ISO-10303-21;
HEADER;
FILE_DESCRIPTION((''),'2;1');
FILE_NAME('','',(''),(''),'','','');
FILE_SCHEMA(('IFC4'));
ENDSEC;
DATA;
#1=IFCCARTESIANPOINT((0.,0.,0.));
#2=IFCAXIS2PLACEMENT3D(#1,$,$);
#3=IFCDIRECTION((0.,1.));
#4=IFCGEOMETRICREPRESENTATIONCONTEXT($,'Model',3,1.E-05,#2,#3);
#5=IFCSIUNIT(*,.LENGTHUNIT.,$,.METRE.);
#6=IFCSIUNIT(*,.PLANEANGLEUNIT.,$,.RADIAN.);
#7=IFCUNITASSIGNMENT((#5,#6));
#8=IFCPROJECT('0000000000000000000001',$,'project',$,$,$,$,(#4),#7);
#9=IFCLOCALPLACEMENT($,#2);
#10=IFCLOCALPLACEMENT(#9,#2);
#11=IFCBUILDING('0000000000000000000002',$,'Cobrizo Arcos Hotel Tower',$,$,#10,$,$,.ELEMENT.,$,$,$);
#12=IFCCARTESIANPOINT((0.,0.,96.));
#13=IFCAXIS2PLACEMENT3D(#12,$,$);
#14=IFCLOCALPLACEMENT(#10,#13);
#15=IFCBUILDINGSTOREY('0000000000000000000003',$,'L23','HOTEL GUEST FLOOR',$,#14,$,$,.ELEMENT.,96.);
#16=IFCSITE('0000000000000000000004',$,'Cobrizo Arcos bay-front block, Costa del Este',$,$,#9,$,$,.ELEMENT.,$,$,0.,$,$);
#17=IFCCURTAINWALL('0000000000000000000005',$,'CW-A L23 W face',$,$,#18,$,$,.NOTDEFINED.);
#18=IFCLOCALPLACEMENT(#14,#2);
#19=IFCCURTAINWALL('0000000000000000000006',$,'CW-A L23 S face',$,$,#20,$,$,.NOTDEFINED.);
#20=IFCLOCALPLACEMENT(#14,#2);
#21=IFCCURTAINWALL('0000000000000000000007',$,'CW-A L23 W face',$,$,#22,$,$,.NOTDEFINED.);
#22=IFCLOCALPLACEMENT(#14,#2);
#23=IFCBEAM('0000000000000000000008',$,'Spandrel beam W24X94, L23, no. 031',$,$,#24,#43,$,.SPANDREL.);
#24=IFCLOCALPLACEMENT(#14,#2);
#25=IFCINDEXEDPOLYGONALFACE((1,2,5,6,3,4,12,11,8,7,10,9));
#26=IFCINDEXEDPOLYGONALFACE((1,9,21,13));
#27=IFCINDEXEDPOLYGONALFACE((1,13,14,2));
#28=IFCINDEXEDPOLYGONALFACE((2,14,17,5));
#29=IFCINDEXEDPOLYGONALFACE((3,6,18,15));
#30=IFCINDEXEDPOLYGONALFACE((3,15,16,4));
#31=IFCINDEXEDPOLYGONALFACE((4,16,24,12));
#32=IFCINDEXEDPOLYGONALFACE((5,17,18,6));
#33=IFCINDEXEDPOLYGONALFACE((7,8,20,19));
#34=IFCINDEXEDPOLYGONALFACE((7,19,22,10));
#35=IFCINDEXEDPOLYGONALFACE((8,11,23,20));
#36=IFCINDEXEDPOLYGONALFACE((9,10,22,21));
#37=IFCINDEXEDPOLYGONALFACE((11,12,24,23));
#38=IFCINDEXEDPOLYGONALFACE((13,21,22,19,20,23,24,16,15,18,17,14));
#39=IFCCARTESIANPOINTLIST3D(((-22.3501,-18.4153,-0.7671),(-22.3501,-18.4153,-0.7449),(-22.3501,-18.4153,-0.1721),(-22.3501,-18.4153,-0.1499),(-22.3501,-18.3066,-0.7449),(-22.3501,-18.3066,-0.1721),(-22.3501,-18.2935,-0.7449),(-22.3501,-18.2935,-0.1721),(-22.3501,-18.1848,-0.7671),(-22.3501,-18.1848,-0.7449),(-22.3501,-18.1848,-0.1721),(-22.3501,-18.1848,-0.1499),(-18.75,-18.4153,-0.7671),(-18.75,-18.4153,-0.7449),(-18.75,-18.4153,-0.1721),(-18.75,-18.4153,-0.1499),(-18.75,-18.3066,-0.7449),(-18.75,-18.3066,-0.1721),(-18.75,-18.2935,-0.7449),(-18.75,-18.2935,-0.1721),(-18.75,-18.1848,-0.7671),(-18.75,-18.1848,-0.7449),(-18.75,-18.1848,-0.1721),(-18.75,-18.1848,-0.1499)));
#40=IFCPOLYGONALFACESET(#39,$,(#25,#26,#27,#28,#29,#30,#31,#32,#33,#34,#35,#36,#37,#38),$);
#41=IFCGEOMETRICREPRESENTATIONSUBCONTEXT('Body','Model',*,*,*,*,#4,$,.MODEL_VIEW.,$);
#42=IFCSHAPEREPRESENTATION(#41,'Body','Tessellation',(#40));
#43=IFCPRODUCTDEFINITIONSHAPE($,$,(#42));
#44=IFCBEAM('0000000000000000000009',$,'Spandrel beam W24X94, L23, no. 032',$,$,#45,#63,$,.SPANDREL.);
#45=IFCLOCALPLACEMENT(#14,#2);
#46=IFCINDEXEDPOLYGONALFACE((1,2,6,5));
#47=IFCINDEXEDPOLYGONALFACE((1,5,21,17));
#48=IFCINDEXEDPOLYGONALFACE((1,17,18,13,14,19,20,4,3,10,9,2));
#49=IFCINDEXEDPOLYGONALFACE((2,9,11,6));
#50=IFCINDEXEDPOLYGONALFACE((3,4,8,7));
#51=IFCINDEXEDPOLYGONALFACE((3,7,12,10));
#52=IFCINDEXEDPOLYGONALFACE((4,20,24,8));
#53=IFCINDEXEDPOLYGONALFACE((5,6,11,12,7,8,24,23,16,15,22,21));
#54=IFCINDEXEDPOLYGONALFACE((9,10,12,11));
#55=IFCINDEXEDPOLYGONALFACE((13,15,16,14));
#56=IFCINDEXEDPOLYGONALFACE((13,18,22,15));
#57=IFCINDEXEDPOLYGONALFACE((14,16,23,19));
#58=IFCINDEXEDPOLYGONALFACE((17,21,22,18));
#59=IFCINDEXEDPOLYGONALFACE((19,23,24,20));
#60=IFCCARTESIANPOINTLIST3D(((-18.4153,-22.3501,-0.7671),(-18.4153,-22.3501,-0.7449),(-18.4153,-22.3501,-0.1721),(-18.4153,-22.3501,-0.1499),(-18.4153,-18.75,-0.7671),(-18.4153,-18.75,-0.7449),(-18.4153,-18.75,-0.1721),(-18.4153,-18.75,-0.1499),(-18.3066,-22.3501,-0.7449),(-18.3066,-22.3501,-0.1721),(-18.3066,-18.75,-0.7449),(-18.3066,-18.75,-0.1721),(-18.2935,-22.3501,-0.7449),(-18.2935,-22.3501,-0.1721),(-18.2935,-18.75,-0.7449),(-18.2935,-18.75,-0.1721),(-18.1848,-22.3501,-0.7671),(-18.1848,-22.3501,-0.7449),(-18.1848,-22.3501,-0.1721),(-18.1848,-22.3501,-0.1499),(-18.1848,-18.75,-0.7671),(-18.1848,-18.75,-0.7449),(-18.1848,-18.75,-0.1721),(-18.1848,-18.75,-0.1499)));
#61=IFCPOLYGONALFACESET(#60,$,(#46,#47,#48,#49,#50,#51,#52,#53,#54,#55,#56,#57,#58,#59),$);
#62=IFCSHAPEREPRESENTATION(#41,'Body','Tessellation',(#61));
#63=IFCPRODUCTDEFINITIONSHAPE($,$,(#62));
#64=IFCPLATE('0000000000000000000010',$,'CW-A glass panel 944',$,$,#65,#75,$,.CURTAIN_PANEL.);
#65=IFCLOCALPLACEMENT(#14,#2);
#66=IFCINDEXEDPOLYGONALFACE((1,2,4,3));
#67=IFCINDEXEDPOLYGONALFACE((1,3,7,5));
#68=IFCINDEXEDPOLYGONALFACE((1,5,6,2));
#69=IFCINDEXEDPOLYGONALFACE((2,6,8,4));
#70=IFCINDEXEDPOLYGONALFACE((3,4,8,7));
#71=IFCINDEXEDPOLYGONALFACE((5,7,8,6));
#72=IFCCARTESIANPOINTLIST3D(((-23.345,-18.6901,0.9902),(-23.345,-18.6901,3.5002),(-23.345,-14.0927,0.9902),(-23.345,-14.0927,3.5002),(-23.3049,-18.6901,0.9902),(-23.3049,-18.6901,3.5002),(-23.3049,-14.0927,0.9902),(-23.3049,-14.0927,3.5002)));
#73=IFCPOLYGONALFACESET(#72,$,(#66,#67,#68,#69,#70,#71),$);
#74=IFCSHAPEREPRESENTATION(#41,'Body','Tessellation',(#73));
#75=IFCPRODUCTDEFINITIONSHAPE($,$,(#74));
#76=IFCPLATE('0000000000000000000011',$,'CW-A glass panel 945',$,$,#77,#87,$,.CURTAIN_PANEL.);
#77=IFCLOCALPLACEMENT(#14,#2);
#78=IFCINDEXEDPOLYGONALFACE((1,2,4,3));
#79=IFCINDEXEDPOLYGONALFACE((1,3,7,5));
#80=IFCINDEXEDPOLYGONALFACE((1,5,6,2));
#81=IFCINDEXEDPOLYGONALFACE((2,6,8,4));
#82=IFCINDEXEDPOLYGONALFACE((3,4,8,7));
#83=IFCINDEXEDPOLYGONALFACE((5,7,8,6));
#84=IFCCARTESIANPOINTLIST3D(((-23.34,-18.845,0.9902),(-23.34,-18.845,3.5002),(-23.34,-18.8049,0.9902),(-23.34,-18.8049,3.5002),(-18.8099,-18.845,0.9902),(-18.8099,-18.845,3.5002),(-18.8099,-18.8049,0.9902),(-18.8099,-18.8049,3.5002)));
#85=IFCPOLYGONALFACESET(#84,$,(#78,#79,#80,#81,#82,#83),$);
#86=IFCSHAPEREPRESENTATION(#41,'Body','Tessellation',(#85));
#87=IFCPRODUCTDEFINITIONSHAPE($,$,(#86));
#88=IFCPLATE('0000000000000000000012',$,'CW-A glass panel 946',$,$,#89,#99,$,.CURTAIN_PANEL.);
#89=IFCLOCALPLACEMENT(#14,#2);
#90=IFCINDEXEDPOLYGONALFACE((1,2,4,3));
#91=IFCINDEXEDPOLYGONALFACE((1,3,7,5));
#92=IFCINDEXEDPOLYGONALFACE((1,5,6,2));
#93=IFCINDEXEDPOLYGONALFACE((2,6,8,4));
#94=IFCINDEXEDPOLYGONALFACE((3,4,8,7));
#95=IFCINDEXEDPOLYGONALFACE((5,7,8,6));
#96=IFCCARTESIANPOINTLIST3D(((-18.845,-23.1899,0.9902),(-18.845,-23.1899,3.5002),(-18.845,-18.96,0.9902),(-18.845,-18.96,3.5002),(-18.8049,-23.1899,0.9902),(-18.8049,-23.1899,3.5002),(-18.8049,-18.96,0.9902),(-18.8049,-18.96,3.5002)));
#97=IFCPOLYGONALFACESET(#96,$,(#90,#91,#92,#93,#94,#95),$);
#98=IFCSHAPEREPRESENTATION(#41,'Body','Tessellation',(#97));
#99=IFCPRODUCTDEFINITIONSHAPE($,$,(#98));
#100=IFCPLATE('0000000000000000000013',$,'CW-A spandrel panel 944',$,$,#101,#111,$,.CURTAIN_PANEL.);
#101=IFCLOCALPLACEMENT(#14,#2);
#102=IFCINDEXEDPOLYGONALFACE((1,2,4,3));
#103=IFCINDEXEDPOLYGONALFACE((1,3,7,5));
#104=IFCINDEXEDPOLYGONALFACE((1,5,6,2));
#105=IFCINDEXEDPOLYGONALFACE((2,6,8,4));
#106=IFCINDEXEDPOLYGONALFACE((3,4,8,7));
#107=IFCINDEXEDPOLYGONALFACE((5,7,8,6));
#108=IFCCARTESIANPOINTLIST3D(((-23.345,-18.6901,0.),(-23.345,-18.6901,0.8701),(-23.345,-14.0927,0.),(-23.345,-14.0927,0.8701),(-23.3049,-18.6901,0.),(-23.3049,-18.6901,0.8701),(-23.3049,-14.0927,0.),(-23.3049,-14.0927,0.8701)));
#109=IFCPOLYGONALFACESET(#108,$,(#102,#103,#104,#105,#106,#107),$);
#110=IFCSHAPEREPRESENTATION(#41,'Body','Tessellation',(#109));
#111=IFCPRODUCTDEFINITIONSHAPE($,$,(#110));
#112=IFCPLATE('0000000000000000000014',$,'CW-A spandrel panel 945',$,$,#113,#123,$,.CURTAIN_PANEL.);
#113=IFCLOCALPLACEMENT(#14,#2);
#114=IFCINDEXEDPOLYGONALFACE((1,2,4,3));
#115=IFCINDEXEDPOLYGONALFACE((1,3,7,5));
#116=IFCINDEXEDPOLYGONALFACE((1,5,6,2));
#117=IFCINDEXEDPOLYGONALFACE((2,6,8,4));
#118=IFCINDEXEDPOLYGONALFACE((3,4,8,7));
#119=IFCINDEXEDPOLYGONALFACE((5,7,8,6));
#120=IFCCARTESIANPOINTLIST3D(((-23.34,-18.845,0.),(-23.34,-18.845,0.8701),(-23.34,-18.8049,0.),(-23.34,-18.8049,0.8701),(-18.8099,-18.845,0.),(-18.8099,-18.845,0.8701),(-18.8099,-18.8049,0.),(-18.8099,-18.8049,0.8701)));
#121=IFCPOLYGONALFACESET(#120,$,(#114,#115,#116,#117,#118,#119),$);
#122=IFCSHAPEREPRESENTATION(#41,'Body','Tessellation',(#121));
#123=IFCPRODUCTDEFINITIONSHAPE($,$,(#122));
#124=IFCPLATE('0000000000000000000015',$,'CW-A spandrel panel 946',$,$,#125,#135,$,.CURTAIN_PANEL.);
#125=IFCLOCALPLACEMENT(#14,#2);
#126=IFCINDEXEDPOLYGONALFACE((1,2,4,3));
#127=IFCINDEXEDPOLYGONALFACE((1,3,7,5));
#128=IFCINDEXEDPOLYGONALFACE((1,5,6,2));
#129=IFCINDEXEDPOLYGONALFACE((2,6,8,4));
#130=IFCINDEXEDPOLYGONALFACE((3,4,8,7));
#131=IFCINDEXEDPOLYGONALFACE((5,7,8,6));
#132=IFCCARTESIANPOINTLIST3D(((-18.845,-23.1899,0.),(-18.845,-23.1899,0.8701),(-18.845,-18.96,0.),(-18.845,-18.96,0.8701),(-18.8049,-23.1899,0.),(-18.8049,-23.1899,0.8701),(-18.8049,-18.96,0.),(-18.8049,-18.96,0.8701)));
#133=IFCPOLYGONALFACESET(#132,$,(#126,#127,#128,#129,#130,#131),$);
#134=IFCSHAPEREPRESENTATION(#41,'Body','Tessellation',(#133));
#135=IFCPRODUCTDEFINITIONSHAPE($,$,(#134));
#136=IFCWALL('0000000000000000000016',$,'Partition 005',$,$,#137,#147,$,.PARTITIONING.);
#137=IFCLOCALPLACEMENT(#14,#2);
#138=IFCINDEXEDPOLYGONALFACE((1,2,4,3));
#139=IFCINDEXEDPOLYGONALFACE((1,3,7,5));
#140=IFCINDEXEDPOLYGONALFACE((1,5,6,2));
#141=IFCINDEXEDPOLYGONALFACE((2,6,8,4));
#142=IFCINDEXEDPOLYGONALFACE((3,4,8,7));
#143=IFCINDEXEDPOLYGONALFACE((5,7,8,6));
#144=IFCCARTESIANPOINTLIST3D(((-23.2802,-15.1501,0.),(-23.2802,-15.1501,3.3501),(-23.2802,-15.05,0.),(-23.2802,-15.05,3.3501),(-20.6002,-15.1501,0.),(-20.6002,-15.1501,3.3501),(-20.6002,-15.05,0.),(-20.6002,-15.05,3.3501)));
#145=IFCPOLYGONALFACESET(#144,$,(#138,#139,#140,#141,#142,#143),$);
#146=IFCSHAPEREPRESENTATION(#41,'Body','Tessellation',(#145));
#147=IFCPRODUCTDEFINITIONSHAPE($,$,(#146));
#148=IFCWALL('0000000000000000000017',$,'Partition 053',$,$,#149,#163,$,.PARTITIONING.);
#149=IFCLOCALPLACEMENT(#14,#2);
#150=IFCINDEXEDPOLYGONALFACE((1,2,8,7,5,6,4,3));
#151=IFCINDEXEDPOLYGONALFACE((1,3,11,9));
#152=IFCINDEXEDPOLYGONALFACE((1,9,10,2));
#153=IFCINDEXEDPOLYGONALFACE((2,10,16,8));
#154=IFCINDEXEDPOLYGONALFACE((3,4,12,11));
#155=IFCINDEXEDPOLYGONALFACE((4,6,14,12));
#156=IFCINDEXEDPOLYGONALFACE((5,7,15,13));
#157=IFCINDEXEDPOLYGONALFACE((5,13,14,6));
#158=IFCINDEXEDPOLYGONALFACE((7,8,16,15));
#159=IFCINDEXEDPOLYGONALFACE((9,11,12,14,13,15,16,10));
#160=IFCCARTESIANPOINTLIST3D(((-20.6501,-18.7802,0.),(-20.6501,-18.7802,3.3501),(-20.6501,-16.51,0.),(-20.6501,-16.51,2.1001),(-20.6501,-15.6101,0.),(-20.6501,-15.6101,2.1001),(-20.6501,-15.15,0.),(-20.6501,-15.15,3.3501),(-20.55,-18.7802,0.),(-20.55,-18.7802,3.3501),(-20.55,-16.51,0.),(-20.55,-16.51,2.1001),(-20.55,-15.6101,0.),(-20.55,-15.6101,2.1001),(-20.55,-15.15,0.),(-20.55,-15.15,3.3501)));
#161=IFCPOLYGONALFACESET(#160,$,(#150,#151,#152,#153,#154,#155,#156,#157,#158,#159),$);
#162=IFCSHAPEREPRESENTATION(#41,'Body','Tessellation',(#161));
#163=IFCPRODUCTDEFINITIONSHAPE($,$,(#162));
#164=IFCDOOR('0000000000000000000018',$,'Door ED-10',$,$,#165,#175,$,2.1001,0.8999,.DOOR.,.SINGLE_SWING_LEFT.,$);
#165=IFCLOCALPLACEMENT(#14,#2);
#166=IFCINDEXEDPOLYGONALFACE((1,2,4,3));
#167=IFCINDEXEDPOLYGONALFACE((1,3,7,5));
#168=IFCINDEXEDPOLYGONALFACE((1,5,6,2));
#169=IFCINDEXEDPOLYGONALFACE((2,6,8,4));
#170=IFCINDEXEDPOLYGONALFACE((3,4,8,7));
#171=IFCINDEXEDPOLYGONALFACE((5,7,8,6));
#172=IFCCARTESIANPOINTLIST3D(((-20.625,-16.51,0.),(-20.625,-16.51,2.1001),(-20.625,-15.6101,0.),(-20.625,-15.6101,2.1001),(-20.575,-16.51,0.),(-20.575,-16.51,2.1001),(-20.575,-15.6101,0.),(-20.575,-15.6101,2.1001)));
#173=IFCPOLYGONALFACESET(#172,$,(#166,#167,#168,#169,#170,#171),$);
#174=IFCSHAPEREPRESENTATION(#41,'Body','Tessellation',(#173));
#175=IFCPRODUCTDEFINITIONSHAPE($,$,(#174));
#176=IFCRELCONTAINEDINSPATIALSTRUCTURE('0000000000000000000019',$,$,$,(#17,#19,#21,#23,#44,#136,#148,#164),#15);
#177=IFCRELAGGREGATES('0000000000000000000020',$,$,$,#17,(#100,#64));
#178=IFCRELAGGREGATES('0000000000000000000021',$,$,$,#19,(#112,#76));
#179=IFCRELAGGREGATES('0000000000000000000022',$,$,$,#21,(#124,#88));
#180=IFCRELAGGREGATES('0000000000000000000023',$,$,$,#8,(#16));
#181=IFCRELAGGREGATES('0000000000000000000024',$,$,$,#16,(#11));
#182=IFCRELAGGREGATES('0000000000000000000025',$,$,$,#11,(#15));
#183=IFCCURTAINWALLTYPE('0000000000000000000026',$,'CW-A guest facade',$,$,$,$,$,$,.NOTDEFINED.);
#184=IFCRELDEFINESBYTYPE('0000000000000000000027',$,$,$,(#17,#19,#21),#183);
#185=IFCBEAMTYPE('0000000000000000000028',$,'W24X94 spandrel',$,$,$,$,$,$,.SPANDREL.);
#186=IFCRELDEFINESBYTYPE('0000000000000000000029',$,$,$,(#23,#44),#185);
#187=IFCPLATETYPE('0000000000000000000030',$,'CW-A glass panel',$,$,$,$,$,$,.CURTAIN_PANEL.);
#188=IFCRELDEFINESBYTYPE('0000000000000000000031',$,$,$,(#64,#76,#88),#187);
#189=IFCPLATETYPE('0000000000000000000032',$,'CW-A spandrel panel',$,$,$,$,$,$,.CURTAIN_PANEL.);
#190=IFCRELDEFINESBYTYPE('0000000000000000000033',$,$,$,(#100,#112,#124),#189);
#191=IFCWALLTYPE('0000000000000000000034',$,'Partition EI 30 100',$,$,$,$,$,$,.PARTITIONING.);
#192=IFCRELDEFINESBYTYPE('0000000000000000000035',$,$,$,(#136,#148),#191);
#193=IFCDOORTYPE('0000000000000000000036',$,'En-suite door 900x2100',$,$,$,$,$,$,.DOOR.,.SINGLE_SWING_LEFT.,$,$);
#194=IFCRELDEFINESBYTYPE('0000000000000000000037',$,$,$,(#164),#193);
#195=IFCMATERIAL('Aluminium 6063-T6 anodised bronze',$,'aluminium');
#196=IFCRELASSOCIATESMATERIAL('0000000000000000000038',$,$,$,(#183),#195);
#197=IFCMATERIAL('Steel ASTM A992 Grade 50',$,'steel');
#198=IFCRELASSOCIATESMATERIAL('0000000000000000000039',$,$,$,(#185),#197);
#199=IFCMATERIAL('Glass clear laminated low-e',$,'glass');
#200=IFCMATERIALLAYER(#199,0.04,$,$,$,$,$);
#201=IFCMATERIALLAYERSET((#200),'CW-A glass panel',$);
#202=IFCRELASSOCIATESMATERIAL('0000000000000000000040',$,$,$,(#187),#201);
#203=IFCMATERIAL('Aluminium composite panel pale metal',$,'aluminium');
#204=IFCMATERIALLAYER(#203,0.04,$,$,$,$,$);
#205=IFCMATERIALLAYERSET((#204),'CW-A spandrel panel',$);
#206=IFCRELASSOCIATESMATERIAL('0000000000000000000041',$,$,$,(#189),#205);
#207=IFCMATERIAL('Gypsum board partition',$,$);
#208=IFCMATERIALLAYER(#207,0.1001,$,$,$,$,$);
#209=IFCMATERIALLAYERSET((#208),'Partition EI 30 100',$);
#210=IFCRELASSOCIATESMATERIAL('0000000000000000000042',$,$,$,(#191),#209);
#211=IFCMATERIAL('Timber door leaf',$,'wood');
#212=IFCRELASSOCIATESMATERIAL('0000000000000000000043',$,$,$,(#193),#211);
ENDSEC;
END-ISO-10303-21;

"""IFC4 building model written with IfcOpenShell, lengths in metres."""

from ifc_helpers import new_model, si_unit, direction, frame, frame_2d, origin, origin_2d, place, context, subcontext, project, spatial, rectangle, i_section, extrude, material, layer, layer_set, material_profile, profile_set, type_object, element, fill, aggregate, save


model = new_model("IFC4")

# Units and contexts
model_context = context("Model", 3, precision=1e-05, world=origin(), true_north=direction((0.0, 1.0)))
body_context = subcontext(model_context, "Body", "Model", "MODEL_VIEW")
ifc_project = project(units=[si_unit("LENGTHUNIT", "METRE"), si_unit("PLANEANGLEUNIT", "RADIAN")], contexts=[model_context])

# Site, building, storey
site_placement = place(None, origin())
site = spatial("IfcSite", under=ifc_project, at=site_placement, Name="Cobrizo Arcos bay-front block, Costa del Este", CompositionType="ELEMENT", RefElevation=0.0)
building_placement = place(site_placement, origin())
building = spatial("IfcBuilding", under=site, at=building_placement, Name="Cobrizo Arcos Hotel Tower", CompositionType="ELEMENT")
storey_placement = place(building_placement, frame((0.0, 0.0, 96.0)))
storey = spatial("IfcBuildingStorey", under=building, at=storey_placement, Name="L23", Description="HOTEL GUEST FLOOR", CompositionType="ELEMENT", Elevation=96.0)

# Curtain wall
ifc_material_1 = material(Name="Aluminium 6063-T6 anodised bronze", Category="aluminium")
curtain_wall_type = type_object("IfcCurtainWallType", Name="CW-A guest facade", PredefinedType="NOTDEFINED", material=ifc_material_1)
curtain_wall_1_placement = place(storey_placement, origin())
curtain_wall_1 = element("IfcCurtainWall", 1, at=curtain_wall_1_placement, inside=storey, type_object=curtain_wall_type, Name="CW-A L23 W face", PredefinedType="NOTDEFINED")

# Curtain walls
curtain_wall_2_placement = place(storey_placement, origin())
curtain_wall_2 = element("IfcCurtainWall", 2, at=curtain_wall_2_placement, inside=storey, type_object=curtain_wall_type, Name="CW-A L23 S face", PredefinedType="NOTDEFINED")
curtain_wall_3_placement = place(storey_placement, origin())
curtain_wall_3 = element("IfcCurtainWall", 3, at=curtain_wall_3_placement, inside=storey, type_object=curtain_wall_type, Name="CW-A L23 W face", PredefinedType="NOTDEFINED")

# Beams
ifc_material_2 = material(Name="Steel ASTM A992 Grade 50", Category="steel")
ifc_material_profile_1 = material_profile(ifc_material_2, i_section(OverallWidth=0.2305, OverallDepth=0.6172, WebThickness=0.0132, FlangeThickness=0.0222, at=origin_2d()), Name="W24X94")
ifc_profile_set_1 = profile_set([ifc_material_profile_1], Name="Steel ASTM A992 Grade 50")
beam_type_1 = type_object("IfcBeamType", Name="W24X94 spandrel", PredefinedType="SPANDREL", material=ifc_profile_set_1)
for number, where, z_axis, x_axis, name in (
    (4, (-22.3501, -18.3, -0.4585), (1.0, 0.0, 0.0), (0.0, 1.0, 0.0), "Spandrel beam W24X94, L23, no. 031"),
    (5, (-18.3, -18.75, -0.4585), (0.0, -1.0, 0.0), (1.0, 0.0, 0.0), "Spandrel beam W24X94, L23, no. 032"),
):
    element("IfcBeam", number, at=place(storey_placement, frame(where, z_axis=z_axis, x_axis=x_axis)), inside=storey, type_object=beam_type_1, Name=name, PredefinedType="SPANDREL", context=body_context, shape_type="SweptSolid", body=[
        extrude(i_section(OverallWidth=0.2305, OverallDepth=0.6172, WebThickness=0.0132, FlangeThickness=0.0222, at=origin_2d()), origin(), (0.0, 0.0, 1.0), 3.6001),
    ])

# Plates
ifc_material_3 = material(Name="Glass clear laminated low-e", Category="glass")
ifc_layer_1 = layer(ifc_material_3, 0.04)
ifc_layer_set_1 = layer_set([ifc_layer_1], Name="CW-A glass panel")
plate_type_1 = type_object("IfcPlateType", Name="CW-A glass panel", PredefinedType="CURTAIN_PANEL", material=ifc_layer_set_1)
plate_1_placement = place(storey_placement, frame((-23.325, -16.3914, 0.9902), z_axis=(0.0, 0.0, 1.0), x_axis=(0.0, -1.0, 0.0)))
plate_1 = element("IfcPlate", 6, at=plate_1_placement, type_object=plate_type_1, Name="CW-A glass panel 944", PredefinedType="CURTAIN_PANEL", context=body_context, shape_type="SweptSolid", body=[
    extrude(rectangle(XDim=4.5974, YDim=0.04, at=origin_2d()), origin(), (0.0, 0.0, 1.0), 2.51),
])
plate_2_placement = place(storey_placement, frame((-21.075, -18.825, 0.9902), z_axis=(0.0, 0.0, 1.0), x_axis=(1.0, 0.0, 0.0)))
plate_2 = element("IfcPlate", 7, at=plate_2_placement, type_object=plate_type_1, Name="CW-A glass panel 945", PredefinedType="CURTAIN_PANEL", context=body_context, shape_type="SweptSolid", body=[
    extrude(rectangle(XDim=4.53, YDim=0.04, at=origin_2d()), origin(), (0.0, 0.0, 1.0), 2.51),
])
plate_3_placement = place(storey_placement, frame((-18.825, -21.075, 0.9902), z_axis=(0.0, 0.0, 1.0), x_axis=(0.0, -1.0, 0.0)))
plate_3 = element("IfcPlate", 8, at=plate_3_placement, type_object=plate_type_1, Name="CW-A glass panel 946", PredefinedType="CURTAIN_PANEL", context=body_context, shape_type="SweptSolid", body=[
    extrude(rectangle(XDim=4.23, YDim=0.04, at=origin_2d()), origin(), (0.0, 0.0, 1.0), 2.51),
])
ifc_material_4 = material(Name="Aluminium composite panel pale metal", Category="aluminium")
ifc_layer_2 = layer(ifc_material_4, 0.04)
ifc_layer_set_2 = layer_set([ifc_layer_2], Name="CW-A spandrel panel")
plate_type_2 = type_object("IfcPlateType", Name="CW-A spandrel panel", PredefinedType="CURTAIN_PANEL", material=ifc_layer_set_2)
plate_4_placement = place(storey_placement, frame((-23.325, -16.3914, 0.0), z_axis=(0.0, 0.0, 1.0), x_axis=(0.0, -1.0, 0.0)))
plate_4 = element("IfcPlate", 9, at=plate_4_placement, type_object=plate_type_2, Name="CW-A spandrel panel 944", PredefinedType="CURTAIN_PANEL", context=body_context, shape_type="SweptSolid", body=[
    extrude(rectangle(XDim=4.5974, YDim=0.04, at=origin_2d()), origin(), (0.0, 0.0, 1.0), 0.8701),
])
aggregate(curtain_wall_1, [plate_4, plate_1])
plate_5_placement = place(storey_placement, frame((-21.075, -18.825, 0.0), z_axis=(0.0, 0.0, 1.0), x_axis=(1.0, 0.0, 0.0)))
plate_5 = element("IfcPlate", 10, at=plate_5_placement, type_object=plate_type_2, Name="CW-A spandrel panel 945", PredefinedType="CURTAIN_PANEL", context=body_context, shape_type="SweptSolid", body=[
    extrude(rectangle(XDim=4.53, YDim=0.04, at=origin_2d()), origin(), (0.0, 0.0, 1.0), 0.8701),
])
aggregate(curtain_wall_2, [plate_5, plate_2])
plate_6_placement = place(storey_placement, frame((-18.825, -21.075, 0.0), z_axis=(0.0, 0.0, 1.0), x_axis=(0.0, -1.0, 0.0)))
plate_6 = element("IfcPlate", 11, at=plate_6_placement, type_object=plate_type_2, Name="CW-A spandrel panel 946", PredefinedType="CURTAIN_PANEL", context=body_context, shape_type="SweptSolid", body=[
    extrude(rectangle(XDim=4.23, YDim=0.04, at=origin_2d()), origin(), (0.0, 0.0, 1.0), 0.8701),
])
aggregate(curtain_wall_3, [plate_6, plate_3])

# Wall
ifc_material_5 = material(Name="Gypsum board partition")
ifc_layer_3 = layer(ifc_material_5, 0.1001)
ifc_layer_set_3 = layer_set([ifc_layer_3], Name="Partition EI 30 100")
wall_type = type_object("IfcWallType", Name="Partition EI 30 100", PredefinedType="PARTITIONING", material=ifc_layer_set_3)
wall_1_placement = place(storey_placement, frame((-23.28, -15.1001, 0.0), z_axis=(0.0, 0.0, 1.0), x_axis=(1.0, 0.0, 0.0)))
element("IfcWall", 12, at=wall_1_placement, inside=storey, type_object=wall_type, Name="Partition 005", PredefinedType="PARTITIONING", context=body_context, shape_type="SweptSolid", body=[
    extrude(rectangle(XDim=2.6799, YDim=0.1001, at=frame_2d((1.3398, 0.0))), origin(), (0.0, 0.0, 1.0), 3.3501),
])

# Wall, opening, door
wall_2_placement = place(storey_placement, frame((-20.6001, -18.78, 0.0), z_axis=(0.0, 0.0, 1.0), x_axis=(0.0, 1.0, 0.0)))
wall_2 = element("IfcWall", 13, at=wall_2_placement, inside=storey, type_object=wall_type, Name="Partition 053", PredefinedType="PARTITIONING", context=body_context, shape_type="SweptSolid", body=[
    extrude(rectangle(XDim=3.6301, YDim=0.1001, at=frame_2d((1.8149, 0.0))), origin(), (0.0, 0.0, 1.0), 3.3501),
])
opening_1_placement = place(wall_2_placement, frame((2.27, 0.0, 0.0)))
opening_1 = element("IfcOpeningElement", 14, at=opening_1_placement, cuts=wall_2, PredefinedType="OPENING", context=body_context, shape_type="SweptSolid", body=[
    extrude(rectangle(XDim=0.8999, YDim=2.1001, at=frame_2d((0.45, 1.05))), frame((0.0, 0.062, 0.0), z_axis=(0.0, -1.0, 0.0), x_axis=(1.0, 0.0, 0.0)), (0.0, 0.0, 1.0), 0.124),
])
ifc_material_6 = material(Name="Timber door leaf", Category="wood")
door_type_1 = type_object("IfcDoorType", Name="En-suite door 900x2100", OperationType="SINGLE_SWING_LEFT", PredefinedType="DOOR", material=ifc_material_6)
door_1_placement = place(opening_1_placement, origin())
door_1 = element("IfcDoor", 15, at=door_1_placement, inside=storey, type_object=door_type_1, Name="Door ED-10", OperationType="SINGLE_SWING_LEFT", OverallHeight=2.1001, OverallWidth=0.8999, PredefinedType="DOOR", context=body_context, shape_type="SweptSolid", body=[
    extrude(rectangle(XDim=0.8999, YDim=2.1001, at=frame_2d((0.45, 1.05))), frame((0.0, 0.0249, 0.0), z_axis=(0.0, -1.0, 0.0), x_axis=(1.0, 0.0, 0.0)), (0.0, 0.0, 1.0), 0.05),
])
fill(opening_1, door_1)

save(model, "model.ifc")
